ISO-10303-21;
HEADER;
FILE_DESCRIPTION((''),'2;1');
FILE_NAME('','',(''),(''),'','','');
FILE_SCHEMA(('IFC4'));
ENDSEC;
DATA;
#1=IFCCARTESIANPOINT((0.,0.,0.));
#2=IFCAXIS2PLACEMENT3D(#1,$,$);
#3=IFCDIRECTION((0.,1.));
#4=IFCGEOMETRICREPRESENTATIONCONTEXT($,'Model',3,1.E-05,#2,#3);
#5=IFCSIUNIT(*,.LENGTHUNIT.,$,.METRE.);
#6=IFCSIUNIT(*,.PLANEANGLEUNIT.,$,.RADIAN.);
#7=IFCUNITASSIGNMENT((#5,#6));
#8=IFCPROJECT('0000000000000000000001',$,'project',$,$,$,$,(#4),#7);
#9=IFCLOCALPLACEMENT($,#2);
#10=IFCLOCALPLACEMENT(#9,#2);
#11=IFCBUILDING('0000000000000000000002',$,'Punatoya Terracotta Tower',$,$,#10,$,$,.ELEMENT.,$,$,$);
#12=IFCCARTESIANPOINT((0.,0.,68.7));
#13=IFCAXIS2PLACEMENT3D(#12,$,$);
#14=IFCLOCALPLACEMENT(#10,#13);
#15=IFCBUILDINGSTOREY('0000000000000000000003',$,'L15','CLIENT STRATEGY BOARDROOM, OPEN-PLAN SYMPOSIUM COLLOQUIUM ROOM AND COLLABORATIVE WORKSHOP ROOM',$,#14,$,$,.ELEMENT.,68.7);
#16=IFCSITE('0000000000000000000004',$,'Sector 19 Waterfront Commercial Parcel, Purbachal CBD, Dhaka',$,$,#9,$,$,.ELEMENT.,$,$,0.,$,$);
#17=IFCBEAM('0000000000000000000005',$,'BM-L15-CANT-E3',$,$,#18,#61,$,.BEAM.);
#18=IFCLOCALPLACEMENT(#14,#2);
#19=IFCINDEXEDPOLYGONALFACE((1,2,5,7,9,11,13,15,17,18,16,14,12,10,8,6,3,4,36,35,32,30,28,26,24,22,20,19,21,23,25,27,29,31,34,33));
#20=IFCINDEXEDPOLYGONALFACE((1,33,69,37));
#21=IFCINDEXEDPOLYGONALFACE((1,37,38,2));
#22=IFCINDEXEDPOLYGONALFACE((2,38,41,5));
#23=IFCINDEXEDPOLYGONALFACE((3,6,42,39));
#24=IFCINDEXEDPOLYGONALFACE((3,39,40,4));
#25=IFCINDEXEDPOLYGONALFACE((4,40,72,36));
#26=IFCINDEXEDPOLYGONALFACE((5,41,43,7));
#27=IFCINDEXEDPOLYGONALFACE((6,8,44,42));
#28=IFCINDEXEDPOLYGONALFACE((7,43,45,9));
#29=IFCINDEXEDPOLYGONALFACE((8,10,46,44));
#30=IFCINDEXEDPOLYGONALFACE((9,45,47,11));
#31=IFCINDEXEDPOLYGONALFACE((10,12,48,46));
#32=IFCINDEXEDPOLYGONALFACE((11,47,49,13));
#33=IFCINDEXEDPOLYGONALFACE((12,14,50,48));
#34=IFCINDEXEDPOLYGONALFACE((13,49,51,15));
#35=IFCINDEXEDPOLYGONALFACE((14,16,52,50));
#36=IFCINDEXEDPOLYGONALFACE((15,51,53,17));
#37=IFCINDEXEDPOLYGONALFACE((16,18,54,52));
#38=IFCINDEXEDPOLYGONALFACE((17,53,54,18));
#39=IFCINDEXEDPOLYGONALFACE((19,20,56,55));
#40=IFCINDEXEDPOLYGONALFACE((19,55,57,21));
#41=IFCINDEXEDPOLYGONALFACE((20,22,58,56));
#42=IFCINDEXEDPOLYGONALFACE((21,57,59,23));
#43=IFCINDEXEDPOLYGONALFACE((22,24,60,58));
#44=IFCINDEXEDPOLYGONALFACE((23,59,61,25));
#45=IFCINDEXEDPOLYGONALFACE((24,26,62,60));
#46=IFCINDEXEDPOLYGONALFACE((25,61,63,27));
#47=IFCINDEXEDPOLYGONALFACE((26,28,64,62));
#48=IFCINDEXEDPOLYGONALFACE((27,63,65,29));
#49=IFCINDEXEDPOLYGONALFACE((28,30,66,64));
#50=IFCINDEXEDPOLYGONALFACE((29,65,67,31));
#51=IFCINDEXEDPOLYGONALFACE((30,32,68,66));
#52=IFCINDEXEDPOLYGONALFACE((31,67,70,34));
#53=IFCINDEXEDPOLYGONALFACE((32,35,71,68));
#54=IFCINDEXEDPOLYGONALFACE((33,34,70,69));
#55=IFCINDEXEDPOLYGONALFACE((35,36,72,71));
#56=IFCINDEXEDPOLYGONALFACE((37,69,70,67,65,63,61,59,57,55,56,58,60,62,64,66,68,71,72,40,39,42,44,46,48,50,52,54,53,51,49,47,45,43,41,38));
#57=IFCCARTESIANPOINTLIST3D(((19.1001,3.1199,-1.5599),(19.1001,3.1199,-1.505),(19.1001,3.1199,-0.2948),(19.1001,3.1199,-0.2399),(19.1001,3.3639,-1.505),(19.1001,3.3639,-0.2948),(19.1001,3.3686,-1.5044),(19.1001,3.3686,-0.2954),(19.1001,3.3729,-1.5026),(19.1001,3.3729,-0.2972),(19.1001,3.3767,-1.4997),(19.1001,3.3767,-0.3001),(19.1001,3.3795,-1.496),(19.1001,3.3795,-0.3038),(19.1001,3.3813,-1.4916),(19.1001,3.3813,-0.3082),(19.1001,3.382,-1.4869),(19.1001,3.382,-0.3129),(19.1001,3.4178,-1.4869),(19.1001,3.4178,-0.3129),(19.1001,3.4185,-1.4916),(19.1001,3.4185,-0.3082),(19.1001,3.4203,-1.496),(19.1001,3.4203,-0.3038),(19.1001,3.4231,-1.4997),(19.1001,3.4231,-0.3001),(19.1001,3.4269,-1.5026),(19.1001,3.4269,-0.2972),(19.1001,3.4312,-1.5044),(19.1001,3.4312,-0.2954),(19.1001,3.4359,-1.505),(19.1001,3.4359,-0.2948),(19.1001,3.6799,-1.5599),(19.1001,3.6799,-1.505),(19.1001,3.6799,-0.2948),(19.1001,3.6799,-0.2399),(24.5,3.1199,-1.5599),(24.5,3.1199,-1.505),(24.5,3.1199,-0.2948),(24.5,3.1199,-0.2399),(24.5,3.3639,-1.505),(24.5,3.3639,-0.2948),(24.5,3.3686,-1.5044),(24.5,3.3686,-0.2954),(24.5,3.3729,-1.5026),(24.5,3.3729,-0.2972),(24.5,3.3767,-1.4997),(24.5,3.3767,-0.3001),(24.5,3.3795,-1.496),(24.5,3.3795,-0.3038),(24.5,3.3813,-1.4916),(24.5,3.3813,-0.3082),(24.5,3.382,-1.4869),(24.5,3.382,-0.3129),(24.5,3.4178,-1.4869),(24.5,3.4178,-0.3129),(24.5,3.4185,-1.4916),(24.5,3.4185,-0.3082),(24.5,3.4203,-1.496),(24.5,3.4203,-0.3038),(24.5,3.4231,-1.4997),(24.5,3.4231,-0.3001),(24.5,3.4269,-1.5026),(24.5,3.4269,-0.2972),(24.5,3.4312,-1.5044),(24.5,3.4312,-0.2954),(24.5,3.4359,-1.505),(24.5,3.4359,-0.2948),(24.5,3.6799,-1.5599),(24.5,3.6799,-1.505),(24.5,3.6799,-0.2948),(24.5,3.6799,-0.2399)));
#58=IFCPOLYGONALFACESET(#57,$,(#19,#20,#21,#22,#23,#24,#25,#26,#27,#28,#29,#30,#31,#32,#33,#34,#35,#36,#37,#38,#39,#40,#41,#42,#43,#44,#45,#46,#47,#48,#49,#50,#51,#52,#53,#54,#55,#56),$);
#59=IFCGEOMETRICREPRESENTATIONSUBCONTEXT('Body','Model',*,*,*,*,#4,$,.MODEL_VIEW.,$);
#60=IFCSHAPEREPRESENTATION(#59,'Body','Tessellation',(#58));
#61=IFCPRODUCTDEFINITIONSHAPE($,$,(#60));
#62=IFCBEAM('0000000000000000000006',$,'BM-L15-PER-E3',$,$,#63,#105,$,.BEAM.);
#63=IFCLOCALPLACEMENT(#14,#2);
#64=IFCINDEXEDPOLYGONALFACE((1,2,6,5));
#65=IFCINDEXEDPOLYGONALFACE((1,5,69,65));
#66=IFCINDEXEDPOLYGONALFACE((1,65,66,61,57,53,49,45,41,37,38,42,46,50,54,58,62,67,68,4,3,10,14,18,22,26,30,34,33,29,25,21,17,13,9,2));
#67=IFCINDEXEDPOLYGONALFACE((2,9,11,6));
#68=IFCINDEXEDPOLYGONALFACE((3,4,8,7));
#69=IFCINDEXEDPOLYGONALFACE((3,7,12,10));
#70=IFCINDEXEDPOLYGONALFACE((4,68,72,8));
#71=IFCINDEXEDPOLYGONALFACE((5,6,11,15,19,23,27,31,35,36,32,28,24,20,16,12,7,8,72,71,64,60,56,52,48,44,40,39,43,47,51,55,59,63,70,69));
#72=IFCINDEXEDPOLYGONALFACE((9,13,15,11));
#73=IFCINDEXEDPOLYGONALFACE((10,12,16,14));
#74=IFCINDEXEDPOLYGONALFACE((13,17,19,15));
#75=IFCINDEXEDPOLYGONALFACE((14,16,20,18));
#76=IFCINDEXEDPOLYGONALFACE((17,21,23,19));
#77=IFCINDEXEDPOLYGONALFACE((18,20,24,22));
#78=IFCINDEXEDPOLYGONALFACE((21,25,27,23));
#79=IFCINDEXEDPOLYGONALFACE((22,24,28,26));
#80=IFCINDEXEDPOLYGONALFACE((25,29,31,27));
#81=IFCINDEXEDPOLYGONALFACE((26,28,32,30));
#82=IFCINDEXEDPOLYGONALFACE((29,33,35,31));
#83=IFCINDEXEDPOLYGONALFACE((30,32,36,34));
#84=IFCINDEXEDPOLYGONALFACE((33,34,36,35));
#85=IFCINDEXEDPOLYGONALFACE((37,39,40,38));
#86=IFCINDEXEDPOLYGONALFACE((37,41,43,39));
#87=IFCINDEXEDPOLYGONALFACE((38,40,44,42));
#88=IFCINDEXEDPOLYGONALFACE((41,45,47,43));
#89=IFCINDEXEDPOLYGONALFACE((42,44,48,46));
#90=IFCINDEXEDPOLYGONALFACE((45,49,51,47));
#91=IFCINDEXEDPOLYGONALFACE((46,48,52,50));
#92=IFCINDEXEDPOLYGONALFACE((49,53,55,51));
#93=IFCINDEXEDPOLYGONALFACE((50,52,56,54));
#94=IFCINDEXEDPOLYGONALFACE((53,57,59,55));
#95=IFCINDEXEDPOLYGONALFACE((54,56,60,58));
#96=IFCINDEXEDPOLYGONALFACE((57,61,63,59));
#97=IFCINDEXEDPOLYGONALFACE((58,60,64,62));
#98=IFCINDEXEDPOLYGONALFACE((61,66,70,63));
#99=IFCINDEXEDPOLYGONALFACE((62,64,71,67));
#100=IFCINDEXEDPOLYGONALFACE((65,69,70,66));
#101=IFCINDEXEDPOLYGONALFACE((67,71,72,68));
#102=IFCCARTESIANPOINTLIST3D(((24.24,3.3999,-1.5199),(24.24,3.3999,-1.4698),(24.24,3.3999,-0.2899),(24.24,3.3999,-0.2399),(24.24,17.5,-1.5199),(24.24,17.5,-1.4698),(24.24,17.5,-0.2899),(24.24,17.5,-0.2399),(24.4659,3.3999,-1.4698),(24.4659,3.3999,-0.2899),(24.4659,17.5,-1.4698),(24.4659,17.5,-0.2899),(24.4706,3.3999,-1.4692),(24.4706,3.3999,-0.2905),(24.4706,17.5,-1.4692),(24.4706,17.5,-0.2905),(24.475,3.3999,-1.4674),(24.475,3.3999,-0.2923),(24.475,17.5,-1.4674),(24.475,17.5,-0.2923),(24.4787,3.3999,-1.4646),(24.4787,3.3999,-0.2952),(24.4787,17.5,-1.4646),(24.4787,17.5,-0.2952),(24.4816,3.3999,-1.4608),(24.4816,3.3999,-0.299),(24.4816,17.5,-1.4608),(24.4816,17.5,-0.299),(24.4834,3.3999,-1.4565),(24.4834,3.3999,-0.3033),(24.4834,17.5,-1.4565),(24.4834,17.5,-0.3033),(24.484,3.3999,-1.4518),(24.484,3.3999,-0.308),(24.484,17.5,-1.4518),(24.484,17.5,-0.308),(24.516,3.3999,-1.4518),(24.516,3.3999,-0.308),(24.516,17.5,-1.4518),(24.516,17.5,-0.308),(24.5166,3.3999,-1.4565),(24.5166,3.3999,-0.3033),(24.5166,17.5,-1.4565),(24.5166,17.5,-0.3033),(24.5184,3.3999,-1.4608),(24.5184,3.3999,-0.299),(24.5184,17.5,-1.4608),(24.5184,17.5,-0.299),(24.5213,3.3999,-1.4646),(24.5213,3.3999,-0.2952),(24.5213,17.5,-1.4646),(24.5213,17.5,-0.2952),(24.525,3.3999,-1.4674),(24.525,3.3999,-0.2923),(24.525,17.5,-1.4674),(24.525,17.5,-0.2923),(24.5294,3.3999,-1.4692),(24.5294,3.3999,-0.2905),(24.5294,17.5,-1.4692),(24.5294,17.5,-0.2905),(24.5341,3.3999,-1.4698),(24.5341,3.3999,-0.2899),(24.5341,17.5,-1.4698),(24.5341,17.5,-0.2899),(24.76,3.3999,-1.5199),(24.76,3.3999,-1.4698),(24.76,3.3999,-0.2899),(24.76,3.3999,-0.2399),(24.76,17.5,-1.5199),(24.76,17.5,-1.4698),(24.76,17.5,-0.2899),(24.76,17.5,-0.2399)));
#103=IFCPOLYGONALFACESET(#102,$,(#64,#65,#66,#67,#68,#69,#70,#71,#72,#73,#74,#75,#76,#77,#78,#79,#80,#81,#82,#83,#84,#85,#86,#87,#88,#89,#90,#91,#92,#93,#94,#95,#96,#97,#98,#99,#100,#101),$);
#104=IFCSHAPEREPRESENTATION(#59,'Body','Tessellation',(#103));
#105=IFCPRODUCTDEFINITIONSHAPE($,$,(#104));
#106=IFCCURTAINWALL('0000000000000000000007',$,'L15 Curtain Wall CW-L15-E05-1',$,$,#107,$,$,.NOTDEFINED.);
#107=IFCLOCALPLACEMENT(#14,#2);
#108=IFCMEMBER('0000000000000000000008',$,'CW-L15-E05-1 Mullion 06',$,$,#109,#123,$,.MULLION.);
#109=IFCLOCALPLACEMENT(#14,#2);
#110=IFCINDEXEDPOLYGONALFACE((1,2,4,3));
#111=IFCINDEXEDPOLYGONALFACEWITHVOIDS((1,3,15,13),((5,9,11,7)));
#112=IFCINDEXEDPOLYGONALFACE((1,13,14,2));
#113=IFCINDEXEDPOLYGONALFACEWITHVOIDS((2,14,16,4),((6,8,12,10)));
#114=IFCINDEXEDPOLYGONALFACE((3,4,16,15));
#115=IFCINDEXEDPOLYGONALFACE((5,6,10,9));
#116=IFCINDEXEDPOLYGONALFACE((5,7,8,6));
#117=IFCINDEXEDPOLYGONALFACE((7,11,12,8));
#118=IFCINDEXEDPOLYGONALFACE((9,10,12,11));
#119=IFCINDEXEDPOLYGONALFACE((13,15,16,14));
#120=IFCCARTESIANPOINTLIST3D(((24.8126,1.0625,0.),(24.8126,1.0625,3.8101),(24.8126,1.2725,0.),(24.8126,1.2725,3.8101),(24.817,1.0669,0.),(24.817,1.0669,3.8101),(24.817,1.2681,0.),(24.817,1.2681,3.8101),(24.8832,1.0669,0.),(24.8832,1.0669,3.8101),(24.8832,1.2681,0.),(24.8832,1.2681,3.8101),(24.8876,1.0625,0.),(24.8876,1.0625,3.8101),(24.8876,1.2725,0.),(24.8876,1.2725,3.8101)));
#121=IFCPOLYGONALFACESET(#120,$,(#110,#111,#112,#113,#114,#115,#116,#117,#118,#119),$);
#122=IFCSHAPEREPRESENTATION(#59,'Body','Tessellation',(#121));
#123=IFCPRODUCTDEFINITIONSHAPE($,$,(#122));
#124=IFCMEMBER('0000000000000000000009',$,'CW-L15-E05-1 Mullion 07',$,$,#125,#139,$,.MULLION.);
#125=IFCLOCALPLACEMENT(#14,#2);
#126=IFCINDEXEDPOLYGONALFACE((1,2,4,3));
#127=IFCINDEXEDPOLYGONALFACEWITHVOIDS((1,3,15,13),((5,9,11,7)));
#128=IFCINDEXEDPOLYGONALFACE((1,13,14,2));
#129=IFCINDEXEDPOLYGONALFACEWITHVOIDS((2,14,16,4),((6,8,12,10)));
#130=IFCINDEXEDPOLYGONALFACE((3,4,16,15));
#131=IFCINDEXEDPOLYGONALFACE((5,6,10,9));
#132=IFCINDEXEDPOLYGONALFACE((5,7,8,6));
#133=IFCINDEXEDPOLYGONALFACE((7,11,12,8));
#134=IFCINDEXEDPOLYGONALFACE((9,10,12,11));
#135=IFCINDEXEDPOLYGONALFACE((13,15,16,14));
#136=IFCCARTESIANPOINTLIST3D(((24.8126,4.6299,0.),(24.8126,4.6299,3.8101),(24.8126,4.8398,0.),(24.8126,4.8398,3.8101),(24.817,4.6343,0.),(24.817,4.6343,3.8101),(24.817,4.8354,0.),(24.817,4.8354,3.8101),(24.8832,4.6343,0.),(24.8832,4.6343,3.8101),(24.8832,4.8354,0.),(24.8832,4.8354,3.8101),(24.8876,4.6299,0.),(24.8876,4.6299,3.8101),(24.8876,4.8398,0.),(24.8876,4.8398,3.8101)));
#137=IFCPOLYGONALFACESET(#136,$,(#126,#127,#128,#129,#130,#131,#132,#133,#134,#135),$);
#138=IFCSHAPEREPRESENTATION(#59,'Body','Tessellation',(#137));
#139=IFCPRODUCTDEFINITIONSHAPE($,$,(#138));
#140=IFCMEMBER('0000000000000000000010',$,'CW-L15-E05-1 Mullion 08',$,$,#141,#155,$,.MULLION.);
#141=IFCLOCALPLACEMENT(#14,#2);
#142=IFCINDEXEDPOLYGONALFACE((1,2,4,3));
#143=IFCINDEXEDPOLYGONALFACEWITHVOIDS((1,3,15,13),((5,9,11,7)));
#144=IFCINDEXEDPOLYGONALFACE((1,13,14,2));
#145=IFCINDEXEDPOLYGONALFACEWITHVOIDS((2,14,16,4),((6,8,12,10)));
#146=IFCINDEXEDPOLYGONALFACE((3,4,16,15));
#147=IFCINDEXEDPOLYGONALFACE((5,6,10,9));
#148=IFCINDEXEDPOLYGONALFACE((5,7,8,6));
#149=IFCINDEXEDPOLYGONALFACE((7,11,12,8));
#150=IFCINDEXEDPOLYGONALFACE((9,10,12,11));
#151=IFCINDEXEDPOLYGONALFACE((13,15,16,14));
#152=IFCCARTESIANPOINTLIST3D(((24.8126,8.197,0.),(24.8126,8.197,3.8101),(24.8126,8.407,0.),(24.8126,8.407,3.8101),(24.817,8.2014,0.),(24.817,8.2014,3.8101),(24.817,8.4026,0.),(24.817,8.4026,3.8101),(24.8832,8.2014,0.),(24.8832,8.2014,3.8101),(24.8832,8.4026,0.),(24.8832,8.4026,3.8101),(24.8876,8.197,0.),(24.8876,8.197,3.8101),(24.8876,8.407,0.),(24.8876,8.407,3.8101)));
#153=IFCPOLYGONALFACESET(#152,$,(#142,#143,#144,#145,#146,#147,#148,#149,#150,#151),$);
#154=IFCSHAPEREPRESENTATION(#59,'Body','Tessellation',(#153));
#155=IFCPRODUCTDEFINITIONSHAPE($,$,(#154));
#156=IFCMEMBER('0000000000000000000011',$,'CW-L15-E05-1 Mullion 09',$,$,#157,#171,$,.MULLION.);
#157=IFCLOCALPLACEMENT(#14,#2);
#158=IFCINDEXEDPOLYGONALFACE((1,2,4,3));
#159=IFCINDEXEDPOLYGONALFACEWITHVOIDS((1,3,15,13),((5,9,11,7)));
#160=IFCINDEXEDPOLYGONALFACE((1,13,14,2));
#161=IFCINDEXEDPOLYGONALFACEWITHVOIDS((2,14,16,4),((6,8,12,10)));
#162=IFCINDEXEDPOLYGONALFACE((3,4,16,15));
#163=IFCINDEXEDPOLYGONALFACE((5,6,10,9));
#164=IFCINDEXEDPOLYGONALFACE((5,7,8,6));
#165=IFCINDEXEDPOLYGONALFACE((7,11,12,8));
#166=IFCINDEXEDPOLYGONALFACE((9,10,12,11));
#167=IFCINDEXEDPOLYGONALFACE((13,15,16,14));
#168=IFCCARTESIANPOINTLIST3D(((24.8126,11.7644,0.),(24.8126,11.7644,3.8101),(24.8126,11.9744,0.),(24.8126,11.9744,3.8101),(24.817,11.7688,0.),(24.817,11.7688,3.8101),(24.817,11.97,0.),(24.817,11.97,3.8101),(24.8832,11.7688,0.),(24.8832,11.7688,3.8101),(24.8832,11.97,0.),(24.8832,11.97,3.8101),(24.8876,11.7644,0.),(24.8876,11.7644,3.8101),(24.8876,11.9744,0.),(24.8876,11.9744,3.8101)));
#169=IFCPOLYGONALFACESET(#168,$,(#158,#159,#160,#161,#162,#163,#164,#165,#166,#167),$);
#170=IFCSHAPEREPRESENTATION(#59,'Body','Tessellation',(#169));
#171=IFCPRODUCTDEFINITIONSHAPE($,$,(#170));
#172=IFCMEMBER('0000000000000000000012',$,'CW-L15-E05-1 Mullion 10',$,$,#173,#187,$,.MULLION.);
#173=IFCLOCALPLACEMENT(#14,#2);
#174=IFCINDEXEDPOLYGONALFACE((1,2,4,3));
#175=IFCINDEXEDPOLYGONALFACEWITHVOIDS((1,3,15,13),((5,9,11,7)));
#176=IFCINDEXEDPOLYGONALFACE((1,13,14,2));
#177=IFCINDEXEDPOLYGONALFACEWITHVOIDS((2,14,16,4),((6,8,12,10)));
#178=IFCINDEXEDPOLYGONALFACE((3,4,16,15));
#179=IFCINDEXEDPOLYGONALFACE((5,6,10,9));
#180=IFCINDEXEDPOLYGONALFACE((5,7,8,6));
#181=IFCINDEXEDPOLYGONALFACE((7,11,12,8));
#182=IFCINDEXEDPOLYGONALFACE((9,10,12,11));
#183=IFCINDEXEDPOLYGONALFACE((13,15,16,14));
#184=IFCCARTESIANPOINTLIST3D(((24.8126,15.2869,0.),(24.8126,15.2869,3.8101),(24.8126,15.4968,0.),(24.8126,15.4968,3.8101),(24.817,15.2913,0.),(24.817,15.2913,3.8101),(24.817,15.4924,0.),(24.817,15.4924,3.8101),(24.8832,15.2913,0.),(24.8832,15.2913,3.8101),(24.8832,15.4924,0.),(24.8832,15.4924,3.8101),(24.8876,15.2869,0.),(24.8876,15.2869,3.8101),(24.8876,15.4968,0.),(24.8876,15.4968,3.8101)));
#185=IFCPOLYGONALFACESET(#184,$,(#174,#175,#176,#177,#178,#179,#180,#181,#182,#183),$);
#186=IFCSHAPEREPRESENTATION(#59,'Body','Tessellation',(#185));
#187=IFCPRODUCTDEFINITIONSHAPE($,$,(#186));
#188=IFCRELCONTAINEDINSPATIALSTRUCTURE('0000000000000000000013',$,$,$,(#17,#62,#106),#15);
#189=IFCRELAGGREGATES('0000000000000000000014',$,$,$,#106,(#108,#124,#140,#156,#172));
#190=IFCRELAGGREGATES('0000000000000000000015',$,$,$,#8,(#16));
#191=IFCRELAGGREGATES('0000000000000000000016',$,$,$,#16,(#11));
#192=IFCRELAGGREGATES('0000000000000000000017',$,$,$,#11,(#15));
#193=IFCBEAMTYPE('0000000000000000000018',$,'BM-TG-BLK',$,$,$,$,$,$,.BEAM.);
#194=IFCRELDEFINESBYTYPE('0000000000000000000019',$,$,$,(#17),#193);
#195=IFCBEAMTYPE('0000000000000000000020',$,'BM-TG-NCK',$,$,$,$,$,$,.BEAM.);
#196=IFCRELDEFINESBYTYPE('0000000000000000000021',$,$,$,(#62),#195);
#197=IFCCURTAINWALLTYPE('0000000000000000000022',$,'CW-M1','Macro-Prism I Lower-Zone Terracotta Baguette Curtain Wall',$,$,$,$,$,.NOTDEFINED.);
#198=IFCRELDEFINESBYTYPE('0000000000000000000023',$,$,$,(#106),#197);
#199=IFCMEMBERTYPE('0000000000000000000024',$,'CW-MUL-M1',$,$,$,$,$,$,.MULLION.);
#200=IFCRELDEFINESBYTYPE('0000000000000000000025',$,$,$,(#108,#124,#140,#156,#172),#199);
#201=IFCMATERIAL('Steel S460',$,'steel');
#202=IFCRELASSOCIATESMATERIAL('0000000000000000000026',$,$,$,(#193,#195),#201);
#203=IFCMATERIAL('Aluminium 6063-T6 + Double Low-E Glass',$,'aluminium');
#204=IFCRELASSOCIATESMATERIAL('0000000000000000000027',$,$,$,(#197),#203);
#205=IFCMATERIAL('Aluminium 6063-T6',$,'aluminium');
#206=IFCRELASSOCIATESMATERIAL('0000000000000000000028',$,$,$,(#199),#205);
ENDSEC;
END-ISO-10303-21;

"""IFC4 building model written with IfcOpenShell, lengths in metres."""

from ifc_helpers import new_model, si_unit, direction, frame, origin, origin_2d, place, context, subcontext, project, spatial, hollow_rectangle, i_section, extrude, material, material_profile, profile_set, type_object, element, aggregate, save


model = new_model("IFC4")

# Units and contexts
model_context = context("Model", 3, precision=1e-05, world=origin(), true_north=direction((0.0, 1.0)))
body_context = subcontext(model_context, "Body", "Model", "MODEL_VIEW")
ifc_project = project(units=[si_unit("LENGTHUNIT", "METRE"), si_unit("PLANEANGLEUNIT", "RADIAN")], contexts=[model_context])

# Site, building, storey
site_placement = place(None, origin())
site = spatial("IfcSite", under=ifc_project, at=site_placement, Name="Sector 19 Waterfront Commercial Parcel, Purbachal CBD, Dhaka", CompositionType="ELEMENT", RefElevation=0.0)
building_placement = place(site_placement, origin())
building = spatial("IfcBuilding", under=site, at=building_placement, Name="Punatoya Terracotta Tower", CompositionType="ELEMENT")
storey_placement = place(building_placement, frame((0.0, 0.0, 68.7)))
storey = spatial("IfcBuildingStorey", under=building, at=storey_placement, Name="L15", Description="CLIENT STRATEGY BOARDROOM, OPEN-PLAN SYMPOSIUM COLLOQUIUM ROOM AND COLLABORATIVE WORKSHOP ROOM", CompositionType="ELEMENT", Elevation=68.7)

# Shared definitions
ifc_material_1 = material(Name="Steel S460", Category="steel")

# Beams
ifc_material_profile_1 = material_profile(ifc_material_1, i_section(OverallWidth=0.5601, OverallDepth=1.3201, WebThickness=0.0359, FlangeThickness=0.0549, FilletRadius=0.0181, at=origin_2d()))
ifc_profile_set_1 = profile_set([ifc_material_profile_1], Name="Steel S460")
beam_type_1 = type_object("IfcBeamType", Name="BM-TG-BLK", PredefinedType="BEAM", material=ifc_profile_set_1)
beam_1_placement = place(storey_placement, frame((19.1001, 3.3999, -0.8999), z_axis=(1.0, 0.0, 0.0), x_axis=(0.0, 1.0, 0.0)))
element("IfcBeam", 1, at=beam_1_placement, inside=storey, type_object=beam_type_1, Name="BM-L15-CANT-E3", PredefinedType="BEAM", context=body_context, shape_type="SweptSolid", body=[
    extrude(i_section(OverallWidth=0.5601, OverallDepth=1.3201, WebThickness=0.0359, FlangeThickness=0.0549, FilletRadius=0.0181, at=origin_2d()), origin(), (0.0, 0.0, 1.0), 5.3999),
])
ifc_material_profile_2 = material_profile(ifc_material_1, i_section(OverallWidth=0.52, OverallDepth=1.28, WebThickness=0.032, FlangeThickness=0.05, FilletRadius=0.0181, at=origin_2d()))
ifc_profile_set_2 = profile_set([ifc_material_profile_2], Name="Steel S460")
beam_type_2 = type_object("IfcBeamType", Name="BM-TG-NCK", PredefinedType="BEAM", material=ifc_profile_set_2)
beam_2_placement = place(storey_placement, frame((24.5, 3.3999, -0.8799), z_axis=(0.0, 1.0, 0.0), x_axis=(-1.0, 0.0, 0.0)))
element("IfcBeam", 2, at=beam_2_placement, inside=storey, type_object=beam_type_2, Name="BM-L15-PER-E3", PredefinedType="BEAM", context=body_context, shape_type="SweptSolid", body=[
    extrude(i_section(OverallWidth=0.52, OverallDepth=1.28, WebThickness=0.032, FlangeThickness=0.05, FilletRadius=0.0181, at=origin_2d()), origin(), (0.0, 0.0, 1.0), 14.1001),
])

# Curtain wall, members
ifc_material_2 = material(Name="Aluminium 6063-T6 + Double Low-E Glass", Category="aluminium")
curtain_wall_type = type_object("IfcCurtainWallType", Name="CW-M1", Description="Macro-Prism I Lower-Zone Terracotta Baguette Curtain Wall", PredefinedType="NOTDEFINED", material=ifc_material_2)
curtain_wall_1_placement = place(storey_placement, origin())
curtain_wall_1 = element("IfcCurtainWall", 3, at=curtain_wall_1_placement, inside=storey, type_object=curtain_wall_type, Name="L15 Curtain Wall CW-L15-E05-1", PredefinedType="NOTDEFINED")
ifc_material_3 = material(Name="Aluminium 6063-T6", Category="aluminium")
ifc_material_profile_3 = material_profile(ifc_material_3, hollow_rectangle(XDim=0.075, YDim=0.21, WallThickness=0.0044, at=origin_2d()))
ifc_profile_set_3 = profile_set([ifc_material_profile_3], Name="Aluminium 6063-T6")
member_type_1 = type_object("IfcMemberType", Name="CW-MUL-M1", PredefinedType="MULLION", material=ifc_profile_set_3)
member_1_placement = place(storey_placement, frame((24.8501, 1.1675, 0.0), z_axis=(0.0, 0.0, 1.0), x_axis=(1.0, 0.0, 0.0)))
member_1 = element("IfcMember", 4, at=member_1_placement, type_object=member_type_1, Name="CW-L15-E05-1 Mullion 06", PredefinedType="MULLION", context=body_context, shape_type="SweptSolid", body=[
    extrude(hollow_rectangle(XDim=0.075, YDim=0.21, WallThickness=0.0044, at=origin_2d()), origin(), (0.0, 0.0, 1.0), 3.8101),
])
member_2_placement = place(storey_placement, frame((24.8501, 4.7349, 0.0), z_axis=(0.0, 0.0, 1.0), x_axis=(1.0, 0.0, 0.0)))
member_2 = element("IfcMember", 5, at=member_2_placement, type_object=member_type_1, Name="CW-L15-E05-1 Mullion 07", PredefinedType="MULLION", context=body_context, shape_type="SweptSolid", body=[
    extrude(hollow_rectangle(XDim=0.075, YDim=0.21, WallThickness=0.0044, at=origin_2d()), origin(), (0.0, 0.0, 1.0), 3.8101),
])
member_3_placement = place(storey_placement, frame((24.8501, 8.302, 0.0), z_axis=(0.0, 0.0, 1.0), x_axis=(1.0, 0.0, 0.0)))
member_3 = element("IfcMember", 6, at=member_3_placement, type_object=member_type_1, Name="CW-L15-E05-1 Mullion 08", PredefinedType="MULLION", context=body_context, shape_type="SweptSolid", body=[
    extrude(hollow_rectangle(XDim=0.075, YDim=0.21, WallThickness=0.0044, at=origin_2d()), origin(), (0.0, 0.0, 1.0), 3.8101),
])
member_4_placement = place(storey_placement, frame((24.8501, 11.8694, 0.0), z_axis=(0.0, 0.0, 1.0), x_axis=(1.0, 0.0, 0.0)))
member_4 = element("IfcMember", 7, at=member_4_placement, type_object=member_type_1, Name="CW-L15-E05-1 Mullion 09", PredefinedType="MULLION", context=body_context, shape_type="SweptSolid", body=[
    extrude(hollow_rectangle(XDim=0.075, YDim=0.21, WallThickness=0.0044, at=origin_2d()), origin(), (0.0, 0.0, 1.0), 3.8101),
])
member_5_placement = place(storey_placement, frame((24.8501, 15.3918, 0.0), z_axis=(0.0, 0.0, 1.0), x_axis=(1.0, 0.0, 0.0)))
member_5 = element("IfcMember", 8, at=member_5_placement, type_object=member_type_1, Name="CW-L15-E05-1 Mullion 10", PredefinedType="MULLION", context=body_context, shape_type="SweptSolid", body=[
    extrude(hollow_rectangle(XDim=0.075, YDim=0.21, WallThickness=0.0044, at=origin_2d()), origin(), (0.0, 0.0, 1.0), 3.8101),
])

aggregate(curtain_wall_1, [member_1, member_2, member_3, member_4, member_5])

save(model, "model.ifc")
